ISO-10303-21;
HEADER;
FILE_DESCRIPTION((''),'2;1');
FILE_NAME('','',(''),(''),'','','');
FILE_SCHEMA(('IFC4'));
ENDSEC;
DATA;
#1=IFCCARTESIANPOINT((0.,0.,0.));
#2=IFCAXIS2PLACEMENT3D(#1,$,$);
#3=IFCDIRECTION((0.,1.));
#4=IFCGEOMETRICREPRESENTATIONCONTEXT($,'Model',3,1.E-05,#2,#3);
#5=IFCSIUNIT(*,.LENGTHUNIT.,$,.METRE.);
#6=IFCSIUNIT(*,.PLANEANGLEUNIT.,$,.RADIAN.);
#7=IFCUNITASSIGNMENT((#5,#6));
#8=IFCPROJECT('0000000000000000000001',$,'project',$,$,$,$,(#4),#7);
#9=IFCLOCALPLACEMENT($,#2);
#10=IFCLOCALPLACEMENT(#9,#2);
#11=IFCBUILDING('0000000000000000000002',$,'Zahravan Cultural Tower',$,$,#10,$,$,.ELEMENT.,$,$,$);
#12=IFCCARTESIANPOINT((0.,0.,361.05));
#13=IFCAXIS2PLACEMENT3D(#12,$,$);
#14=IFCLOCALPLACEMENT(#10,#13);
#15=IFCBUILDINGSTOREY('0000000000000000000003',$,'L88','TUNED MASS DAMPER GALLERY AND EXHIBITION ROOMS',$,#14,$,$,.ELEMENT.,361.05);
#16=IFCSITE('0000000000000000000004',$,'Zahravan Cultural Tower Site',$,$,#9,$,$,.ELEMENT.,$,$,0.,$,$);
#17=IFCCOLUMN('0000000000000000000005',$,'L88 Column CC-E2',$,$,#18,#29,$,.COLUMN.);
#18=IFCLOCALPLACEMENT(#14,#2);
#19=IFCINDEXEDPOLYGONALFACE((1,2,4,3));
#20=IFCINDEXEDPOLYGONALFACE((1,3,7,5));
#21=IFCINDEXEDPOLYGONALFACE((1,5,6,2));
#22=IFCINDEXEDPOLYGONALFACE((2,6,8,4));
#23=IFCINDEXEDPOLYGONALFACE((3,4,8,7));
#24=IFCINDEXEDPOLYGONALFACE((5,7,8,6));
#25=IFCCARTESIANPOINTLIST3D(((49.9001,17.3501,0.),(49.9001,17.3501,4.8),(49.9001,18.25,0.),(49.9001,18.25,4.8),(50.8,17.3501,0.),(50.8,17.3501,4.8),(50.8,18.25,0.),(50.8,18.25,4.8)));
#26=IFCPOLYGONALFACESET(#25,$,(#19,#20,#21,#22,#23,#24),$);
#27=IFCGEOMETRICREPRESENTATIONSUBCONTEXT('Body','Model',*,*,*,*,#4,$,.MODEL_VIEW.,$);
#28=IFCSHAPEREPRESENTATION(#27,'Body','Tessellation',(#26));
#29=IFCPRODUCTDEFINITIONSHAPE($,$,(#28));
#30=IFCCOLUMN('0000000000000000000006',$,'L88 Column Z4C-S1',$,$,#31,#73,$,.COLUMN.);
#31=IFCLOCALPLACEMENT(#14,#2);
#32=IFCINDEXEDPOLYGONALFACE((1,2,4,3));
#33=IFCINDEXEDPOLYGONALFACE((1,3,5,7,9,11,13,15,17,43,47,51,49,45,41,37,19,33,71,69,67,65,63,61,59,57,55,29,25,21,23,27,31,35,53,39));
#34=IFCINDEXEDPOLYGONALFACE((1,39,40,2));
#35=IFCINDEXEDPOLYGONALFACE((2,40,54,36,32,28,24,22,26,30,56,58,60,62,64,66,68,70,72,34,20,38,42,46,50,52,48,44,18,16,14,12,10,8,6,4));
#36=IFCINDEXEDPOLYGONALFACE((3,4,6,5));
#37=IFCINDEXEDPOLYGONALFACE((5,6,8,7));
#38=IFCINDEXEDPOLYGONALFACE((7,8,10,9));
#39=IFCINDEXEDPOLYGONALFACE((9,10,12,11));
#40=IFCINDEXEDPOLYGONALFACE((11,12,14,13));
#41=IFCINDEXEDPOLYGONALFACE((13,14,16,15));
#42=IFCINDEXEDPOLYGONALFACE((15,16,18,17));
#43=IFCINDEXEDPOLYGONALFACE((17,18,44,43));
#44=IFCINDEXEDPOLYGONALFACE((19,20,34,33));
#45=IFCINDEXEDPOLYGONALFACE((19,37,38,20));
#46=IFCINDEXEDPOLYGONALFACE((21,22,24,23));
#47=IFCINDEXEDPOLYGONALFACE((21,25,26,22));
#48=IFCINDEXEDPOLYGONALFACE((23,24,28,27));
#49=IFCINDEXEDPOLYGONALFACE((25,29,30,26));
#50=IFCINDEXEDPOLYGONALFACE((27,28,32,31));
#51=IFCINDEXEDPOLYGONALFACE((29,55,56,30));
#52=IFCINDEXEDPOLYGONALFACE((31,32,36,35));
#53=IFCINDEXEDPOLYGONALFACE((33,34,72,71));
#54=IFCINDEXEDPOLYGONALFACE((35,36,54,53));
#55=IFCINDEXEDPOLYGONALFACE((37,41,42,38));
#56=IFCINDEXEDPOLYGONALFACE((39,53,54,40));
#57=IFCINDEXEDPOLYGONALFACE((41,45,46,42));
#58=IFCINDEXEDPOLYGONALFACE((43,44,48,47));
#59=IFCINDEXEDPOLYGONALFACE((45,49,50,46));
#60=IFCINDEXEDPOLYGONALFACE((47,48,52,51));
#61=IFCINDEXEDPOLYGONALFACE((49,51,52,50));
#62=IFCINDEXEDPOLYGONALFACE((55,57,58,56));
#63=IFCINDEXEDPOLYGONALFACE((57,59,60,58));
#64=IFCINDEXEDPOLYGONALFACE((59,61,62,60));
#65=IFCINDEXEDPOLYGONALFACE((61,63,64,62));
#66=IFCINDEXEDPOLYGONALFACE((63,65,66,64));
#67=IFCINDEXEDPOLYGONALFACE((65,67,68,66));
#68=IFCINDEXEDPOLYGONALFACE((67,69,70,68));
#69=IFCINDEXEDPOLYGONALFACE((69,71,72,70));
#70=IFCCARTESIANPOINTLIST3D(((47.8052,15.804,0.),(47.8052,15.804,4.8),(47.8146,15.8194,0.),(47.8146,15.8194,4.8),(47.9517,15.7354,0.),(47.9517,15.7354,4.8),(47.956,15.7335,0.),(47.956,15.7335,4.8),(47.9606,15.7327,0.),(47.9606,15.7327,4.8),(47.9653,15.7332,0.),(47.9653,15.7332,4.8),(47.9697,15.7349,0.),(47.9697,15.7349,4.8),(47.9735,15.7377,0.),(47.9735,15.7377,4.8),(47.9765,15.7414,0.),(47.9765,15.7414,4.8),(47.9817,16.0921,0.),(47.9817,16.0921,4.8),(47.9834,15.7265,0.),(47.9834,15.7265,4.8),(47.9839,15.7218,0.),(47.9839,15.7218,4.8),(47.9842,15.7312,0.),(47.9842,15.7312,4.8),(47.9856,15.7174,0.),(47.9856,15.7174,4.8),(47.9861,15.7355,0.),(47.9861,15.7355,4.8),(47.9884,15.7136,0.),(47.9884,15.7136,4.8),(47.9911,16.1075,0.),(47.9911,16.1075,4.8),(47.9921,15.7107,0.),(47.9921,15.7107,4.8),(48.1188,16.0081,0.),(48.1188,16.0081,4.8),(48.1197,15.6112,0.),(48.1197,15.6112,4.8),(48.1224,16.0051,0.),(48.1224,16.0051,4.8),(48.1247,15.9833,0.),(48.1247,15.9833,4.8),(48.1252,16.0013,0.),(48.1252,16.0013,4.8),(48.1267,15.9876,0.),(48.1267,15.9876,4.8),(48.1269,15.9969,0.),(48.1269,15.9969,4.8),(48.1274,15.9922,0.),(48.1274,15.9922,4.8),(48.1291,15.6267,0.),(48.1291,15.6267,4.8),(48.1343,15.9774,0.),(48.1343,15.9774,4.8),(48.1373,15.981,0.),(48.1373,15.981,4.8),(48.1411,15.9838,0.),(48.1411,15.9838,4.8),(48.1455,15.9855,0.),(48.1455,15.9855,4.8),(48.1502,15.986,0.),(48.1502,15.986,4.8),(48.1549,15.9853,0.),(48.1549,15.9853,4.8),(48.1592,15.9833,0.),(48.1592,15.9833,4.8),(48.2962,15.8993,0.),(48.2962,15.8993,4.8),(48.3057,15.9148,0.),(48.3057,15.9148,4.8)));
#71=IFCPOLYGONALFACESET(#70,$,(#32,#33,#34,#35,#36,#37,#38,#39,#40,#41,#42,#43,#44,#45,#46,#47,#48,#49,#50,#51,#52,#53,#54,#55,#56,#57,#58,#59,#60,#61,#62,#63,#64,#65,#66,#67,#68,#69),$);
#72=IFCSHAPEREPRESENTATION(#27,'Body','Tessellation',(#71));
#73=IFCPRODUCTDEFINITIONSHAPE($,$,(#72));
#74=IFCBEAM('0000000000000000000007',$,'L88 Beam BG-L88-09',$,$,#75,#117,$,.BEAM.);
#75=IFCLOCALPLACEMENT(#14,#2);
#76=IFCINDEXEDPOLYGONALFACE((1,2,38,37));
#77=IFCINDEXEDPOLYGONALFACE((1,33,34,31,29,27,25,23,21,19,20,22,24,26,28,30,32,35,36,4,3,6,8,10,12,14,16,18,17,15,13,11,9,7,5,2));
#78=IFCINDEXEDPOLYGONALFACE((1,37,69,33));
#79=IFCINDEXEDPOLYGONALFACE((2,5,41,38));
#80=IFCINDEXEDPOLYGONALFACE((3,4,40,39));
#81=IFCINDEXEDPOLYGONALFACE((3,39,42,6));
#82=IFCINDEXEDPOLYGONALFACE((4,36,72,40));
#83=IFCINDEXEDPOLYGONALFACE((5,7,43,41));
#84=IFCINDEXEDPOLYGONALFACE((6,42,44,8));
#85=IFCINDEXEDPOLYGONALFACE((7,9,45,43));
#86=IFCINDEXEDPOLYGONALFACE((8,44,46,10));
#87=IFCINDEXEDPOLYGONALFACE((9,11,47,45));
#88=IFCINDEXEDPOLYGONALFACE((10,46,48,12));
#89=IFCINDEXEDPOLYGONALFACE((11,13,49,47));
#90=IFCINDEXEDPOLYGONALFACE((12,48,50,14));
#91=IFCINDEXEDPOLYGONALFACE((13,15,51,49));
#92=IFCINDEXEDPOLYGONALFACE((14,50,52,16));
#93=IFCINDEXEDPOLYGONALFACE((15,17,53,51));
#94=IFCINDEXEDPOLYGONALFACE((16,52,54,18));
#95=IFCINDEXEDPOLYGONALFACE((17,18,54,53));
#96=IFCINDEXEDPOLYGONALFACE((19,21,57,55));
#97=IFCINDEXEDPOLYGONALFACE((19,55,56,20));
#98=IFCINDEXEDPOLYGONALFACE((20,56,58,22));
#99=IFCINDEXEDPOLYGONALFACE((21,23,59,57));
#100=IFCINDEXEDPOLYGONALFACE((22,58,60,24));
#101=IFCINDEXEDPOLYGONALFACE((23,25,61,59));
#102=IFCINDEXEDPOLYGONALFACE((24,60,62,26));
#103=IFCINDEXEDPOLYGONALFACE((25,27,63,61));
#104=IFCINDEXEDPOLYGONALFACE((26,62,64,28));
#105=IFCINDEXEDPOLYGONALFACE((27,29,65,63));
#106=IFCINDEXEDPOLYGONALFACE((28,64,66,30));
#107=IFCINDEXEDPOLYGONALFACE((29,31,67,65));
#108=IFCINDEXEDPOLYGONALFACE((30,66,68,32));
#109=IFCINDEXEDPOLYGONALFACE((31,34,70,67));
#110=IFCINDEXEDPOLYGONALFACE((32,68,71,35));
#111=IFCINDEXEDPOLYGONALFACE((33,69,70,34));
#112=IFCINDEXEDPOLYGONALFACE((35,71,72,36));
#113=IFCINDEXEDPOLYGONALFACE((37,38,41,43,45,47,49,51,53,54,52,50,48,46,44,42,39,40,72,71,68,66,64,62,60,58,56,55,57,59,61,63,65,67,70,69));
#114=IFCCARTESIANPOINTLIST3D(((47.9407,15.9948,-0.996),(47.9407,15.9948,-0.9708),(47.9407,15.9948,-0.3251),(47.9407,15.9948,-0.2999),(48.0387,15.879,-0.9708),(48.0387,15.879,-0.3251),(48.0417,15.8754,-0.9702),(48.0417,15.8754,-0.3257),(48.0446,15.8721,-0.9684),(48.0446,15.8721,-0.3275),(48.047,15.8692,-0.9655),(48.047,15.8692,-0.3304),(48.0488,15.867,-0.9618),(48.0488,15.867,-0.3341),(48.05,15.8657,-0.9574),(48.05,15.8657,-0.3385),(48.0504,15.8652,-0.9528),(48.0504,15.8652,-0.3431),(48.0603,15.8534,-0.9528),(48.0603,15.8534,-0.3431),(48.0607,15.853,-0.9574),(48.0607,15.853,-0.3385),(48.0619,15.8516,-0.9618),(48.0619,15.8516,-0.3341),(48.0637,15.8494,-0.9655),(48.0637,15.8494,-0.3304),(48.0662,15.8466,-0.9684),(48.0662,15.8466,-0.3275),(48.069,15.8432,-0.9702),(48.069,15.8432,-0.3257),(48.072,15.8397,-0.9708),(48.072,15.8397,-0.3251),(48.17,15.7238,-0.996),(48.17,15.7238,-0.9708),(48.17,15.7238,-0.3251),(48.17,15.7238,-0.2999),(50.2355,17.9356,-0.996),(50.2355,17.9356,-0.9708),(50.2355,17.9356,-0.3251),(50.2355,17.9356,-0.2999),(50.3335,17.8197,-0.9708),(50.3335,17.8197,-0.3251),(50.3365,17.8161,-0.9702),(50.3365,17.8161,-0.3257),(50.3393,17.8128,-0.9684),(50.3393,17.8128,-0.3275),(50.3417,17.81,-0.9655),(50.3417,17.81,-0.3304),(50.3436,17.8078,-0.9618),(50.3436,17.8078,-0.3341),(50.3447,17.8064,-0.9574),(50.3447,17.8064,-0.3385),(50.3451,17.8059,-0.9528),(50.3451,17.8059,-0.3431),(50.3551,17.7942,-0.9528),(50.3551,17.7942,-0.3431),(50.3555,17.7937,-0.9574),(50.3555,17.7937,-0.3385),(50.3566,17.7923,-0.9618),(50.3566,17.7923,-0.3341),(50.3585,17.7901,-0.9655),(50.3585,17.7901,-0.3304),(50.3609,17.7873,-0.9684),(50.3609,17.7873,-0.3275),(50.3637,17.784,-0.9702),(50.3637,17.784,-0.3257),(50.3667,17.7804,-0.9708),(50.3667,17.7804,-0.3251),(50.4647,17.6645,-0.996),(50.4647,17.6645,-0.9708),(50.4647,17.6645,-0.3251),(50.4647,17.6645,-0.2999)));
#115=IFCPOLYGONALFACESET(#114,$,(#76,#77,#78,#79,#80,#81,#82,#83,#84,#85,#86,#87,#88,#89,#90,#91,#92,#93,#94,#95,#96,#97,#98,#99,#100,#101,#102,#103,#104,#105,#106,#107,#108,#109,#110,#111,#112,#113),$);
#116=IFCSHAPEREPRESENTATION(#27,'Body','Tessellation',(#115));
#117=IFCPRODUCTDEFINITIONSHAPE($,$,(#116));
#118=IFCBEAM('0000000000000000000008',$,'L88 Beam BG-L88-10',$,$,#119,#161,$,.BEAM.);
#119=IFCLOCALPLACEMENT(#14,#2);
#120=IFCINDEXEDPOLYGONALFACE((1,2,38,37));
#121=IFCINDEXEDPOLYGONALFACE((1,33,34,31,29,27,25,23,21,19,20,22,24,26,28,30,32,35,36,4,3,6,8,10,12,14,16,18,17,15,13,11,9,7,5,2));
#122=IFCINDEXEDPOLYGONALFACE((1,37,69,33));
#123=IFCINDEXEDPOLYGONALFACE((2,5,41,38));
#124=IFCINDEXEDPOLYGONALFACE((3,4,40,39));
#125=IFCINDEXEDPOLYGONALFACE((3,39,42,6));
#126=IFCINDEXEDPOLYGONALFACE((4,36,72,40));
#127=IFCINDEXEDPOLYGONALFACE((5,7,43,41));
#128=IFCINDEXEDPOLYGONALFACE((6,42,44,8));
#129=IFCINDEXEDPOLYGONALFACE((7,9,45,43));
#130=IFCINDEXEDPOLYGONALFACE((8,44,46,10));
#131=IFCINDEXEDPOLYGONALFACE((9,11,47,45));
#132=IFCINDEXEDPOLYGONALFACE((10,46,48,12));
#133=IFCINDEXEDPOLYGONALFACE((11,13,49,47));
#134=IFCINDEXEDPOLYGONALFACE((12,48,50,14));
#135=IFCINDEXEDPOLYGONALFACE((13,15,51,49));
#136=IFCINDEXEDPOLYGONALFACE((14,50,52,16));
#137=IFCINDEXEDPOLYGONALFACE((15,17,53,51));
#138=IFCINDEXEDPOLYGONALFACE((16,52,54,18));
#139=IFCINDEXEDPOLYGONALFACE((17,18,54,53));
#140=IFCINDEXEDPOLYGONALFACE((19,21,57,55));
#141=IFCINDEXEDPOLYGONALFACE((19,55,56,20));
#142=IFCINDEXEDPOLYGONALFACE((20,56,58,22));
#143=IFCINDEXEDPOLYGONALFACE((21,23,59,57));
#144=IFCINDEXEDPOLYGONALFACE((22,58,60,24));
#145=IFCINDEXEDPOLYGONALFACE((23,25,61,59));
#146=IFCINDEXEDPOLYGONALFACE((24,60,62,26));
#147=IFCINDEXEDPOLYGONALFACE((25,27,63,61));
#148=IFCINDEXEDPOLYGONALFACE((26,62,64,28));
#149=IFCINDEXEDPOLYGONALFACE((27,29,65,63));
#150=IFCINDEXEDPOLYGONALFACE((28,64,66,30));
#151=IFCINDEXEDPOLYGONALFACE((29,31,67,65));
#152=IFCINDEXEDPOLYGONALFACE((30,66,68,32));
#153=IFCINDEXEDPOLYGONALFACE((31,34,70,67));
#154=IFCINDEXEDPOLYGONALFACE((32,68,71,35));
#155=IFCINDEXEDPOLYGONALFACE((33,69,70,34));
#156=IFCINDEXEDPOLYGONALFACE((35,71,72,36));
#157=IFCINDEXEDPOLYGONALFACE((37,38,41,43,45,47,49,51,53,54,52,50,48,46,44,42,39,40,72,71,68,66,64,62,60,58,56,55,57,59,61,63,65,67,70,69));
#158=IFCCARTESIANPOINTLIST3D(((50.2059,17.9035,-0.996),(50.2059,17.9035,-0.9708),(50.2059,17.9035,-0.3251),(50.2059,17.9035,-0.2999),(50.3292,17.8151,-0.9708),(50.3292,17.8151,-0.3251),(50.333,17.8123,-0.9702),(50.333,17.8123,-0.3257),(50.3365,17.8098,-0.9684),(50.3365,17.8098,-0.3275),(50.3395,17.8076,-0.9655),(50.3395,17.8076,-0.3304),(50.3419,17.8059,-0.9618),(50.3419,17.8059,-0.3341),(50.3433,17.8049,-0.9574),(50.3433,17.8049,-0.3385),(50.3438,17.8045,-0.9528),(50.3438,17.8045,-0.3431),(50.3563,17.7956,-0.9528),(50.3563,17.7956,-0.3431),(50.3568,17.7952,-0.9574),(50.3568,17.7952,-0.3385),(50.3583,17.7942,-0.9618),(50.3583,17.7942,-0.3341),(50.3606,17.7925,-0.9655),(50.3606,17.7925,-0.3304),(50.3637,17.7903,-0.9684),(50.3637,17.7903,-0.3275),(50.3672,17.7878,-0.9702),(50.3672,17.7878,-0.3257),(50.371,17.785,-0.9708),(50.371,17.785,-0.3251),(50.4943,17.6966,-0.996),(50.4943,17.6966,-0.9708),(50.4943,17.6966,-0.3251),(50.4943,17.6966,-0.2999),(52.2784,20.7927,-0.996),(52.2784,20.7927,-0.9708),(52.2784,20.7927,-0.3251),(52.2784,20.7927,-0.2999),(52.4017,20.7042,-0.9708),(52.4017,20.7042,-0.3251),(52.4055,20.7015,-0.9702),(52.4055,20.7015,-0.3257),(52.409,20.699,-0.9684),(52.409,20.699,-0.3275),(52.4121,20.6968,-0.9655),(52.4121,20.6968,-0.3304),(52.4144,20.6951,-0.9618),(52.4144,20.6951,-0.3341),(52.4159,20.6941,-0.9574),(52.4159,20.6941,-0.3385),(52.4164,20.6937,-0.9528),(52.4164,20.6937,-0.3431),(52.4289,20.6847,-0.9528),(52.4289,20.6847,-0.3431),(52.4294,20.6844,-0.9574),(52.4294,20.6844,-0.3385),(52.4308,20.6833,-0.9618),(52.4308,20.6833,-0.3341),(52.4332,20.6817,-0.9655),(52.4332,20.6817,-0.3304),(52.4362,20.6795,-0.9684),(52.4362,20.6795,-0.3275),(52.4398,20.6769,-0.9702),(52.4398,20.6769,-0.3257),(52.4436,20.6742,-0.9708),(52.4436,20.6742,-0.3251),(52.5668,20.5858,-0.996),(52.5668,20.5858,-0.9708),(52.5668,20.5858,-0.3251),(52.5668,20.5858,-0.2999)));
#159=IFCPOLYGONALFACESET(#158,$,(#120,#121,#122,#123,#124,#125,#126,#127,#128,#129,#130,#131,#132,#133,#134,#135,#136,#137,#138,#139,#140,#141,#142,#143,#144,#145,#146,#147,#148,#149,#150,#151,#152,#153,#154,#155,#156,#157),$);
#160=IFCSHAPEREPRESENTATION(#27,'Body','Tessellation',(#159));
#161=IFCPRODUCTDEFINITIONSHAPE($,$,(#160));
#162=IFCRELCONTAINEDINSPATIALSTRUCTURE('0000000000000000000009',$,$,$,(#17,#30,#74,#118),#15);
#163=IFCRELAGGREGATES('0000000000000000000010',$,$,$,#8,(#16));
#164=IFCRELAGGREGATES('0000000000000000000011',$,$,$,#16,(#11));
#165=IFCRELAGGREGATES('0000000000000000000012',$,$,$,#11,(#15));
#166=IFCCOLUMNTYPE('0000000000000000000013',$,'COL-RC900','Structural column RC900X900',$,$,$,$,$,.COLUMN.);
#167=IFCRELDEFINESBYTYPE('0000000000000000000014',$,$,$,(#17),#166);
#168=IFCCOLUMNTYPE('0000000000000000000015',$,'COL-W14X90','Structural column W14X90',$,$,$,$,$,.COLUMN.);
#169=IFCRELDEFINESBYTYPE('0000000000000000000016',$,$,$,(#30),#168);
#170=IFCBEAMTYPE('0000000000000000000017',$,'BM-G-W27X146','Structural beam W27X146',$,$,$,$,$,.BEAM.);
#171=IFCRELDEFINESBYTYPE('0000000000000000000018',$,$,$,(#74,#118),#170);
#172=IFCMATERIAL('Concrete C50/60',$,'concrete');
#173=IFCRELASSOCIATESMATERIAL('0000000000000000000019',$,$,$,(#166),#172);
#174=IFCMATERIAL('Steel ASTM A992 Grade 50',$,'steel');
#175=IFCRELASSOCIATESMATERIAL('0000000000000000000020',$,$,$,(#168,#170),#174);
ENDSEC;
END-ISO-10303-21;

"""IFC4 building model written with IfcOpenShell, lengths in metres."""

from ifc_helpers import new_model, si_unit, direction, frame, origin, origin_2d, place, context, subcontext, project, spatial, rectangle, i_section, extrude, source, transform, mapped, material, material_profile, profile_set, type_object, element, save


model = new_model("IFC4")

# Units and contexts
model_context = context("Model", 3, precision=1e-05, world=origin(), true_north=direction((0.0, 1.0)))
body_context = subcontext(model_context, "Body", "Model", "MODEL_VIEW")
ifc_project = project(units=[si_unit("LENGTHUNIT", "METRE"), si_unit("PLANEANGLEUNIT", "RADIAN")], contexts=[model_context])

# Site, building, storey
site_placement = place(None, origin())
site = spatial("IfcSite", under=ifc_project, at=site_placement, Name="Zahravan Cultural Tower Site", CompositionType="ELEMENT", RefElevation=0.0)
building_placement = place(site_placement, origin())
building = spatial("IfcBuilding", under=site, at=building_placement, Name="Zahravan Cultural Tower", CompositionType="ELEMENT")
storey_placement = place(building_placement, frame((0.0, 0.0, 361.05)))
storey = spatial("IfcBuildingStorey", under=building, at=storey_placement, Name="L88", Description="TUNED MASS DAMPER GALLERY AND EXHIBITION ROOMS", CompositionType="ELEMENT", Elevation=361.05)

# Columns
ifc_material_1 = material(Name="Concrete C50/60", Category="concrete")
ifc_material_profile_1 = material_profile(ifc_material_1, rectangle(XDim=0.8999, YDim=0.8999, at=origin_2d()), Name="RC900X900")
ifc_profile_set_1 = profile_set([ifc_material_profile_1], Name="Concrete C50/60")
column_type_1 = type_object("IfcColumnType", Name="COL-RC900", Description="Structural column RC900X900", PredefinedType="COLUMN", material=ifc_profile_set_1)
shared_shape_1 = source(origin(), body_context, "Body", "SweptSolid", [
    extrude(rectangle(XDim=0.8999, YDim=0.8999, at=origin_2d()), origin(), (0.0, 0.0, 1.0), 4.8),
])
column_1_placement = place(storey_placement, frame((50.3501, 17.8, 0.0), z_axis=(0.0, 0.0, 1.0), x_axis=(1.0, 0.0, 0.0)))
element("IfcColumn", 1, at=column_1_placement, inside=storey, type_object=column_type_1, Name="L88 Column CC-E2", PredefinedType="COLUMN", context=body_context, shape_type="MappedRepresentation", body=[
    mapped(shared_shape_1, transform((0.0, 0.0, 0.0), x_axis=(1.0, 0.0, 0.0), y_axis=(0.0, 1.0, 0.0), z_axis=(0.0, 0.0, 1.0), scale=1.0)),
])
ifc_material_2 = material(Name="Steel ASTM A992 Grade 50", Category="steel")
ifc_material_profile_2 = material_profile(ifc_material_2, i_section(OverallWidth=0.3689, OverallDepth=0.356, WebThickness=0.0112, FlangeThickness=0.0181, FilletRadius=0.0181, at=origin_2d()), Name="W14X90")
ifc_profile_set_2 = profile_set([ifc_material_profile_2], Name="Steel ASTM A992 Grade 50")
column_type_2 = type_object("IfcColumnType", Name="COL-W14X90", Description="Structural column W14X90", PredefinedType="COLUMN", material=ifc_profile_set_2)
shared_shape_2 = source(origin(), body_context, "Body", "SweptSolid", [
    extrude(i_section(OverallWidth=0.3689, OverallDepth=0.356, WebThickness=0.0112, FlangeThickness=0.0181, FilletRadius=0.0181, at=origin_2d()), origin(), (0.0, 0.0, 1.0), 4.8),
])
column_2_placement = place(storey_placement, frame((48.0554, 15.8594, 0.0), z_axis=(0.0, 0.0, 1.0), x_axis=(-0.85264, 0.522499, 0.0)))
element("IfcColumn", 2, at=column_2_placement, inside=storey, type_object=column_type_2, Name="L88 Column Z4C-S1", PredefinedType="COLUMN", context=body_context, shape_type="MappedRepresentation", body=[
    mapped(shared_shape_2, transform((0.0, 0.0, 0.0), x_axis=(1.0, 0.0, 0.0), y_axis=(0.0, 1.0, 0.0), z_axis=(0.0, 0.0, 1.0), scale=1.0)),
])

# Beams
ifc_material_profile_3 = material_profile(ifc_material_2, i_section(OverallWidth=0.355, OverallDepth=0.696, WebThickness=0.0154, FlangeThickness=0.0251, FilletRadius=0.0181, at=origin_2d()), Name="W27X146")
ifc_profile_set_3 = profile_set([ifc_material_profile_3], Name="Steel ASTM A992 Grade 50")
beam_type_1 = type_object("IfcBeamType", Name="BM-G-W27X146", Description="Structural beam W27X146", PredefinedType="BEAM", material=ifc_profile_set_3)
shared_shape_3 = source(origin(), body_context, "Body", "SweptSolid", [
    extrude(i_section(OverallWidth=0.355, OverallDepth=0.696, WebThickness=0.0154, FlangeThickness=0.0251, FilletRadius=0.0181, at=origin_2d()), origin(), (0.0, 0.0, 1.0), 3.0054),
])
beam_1_placement = place(storey_placement, frame((50.3501, 17.8, -0.6479), z_axis=(-0.763546, -0.645753, 0.0), x_axis=(0.645753, -0.763546, 0.0)))
element("IfcBeam", 3, at=beam_1_placement, inside=storey, type_object=beam_type_1, Name="L88 Beam BG-L88-09", PredefinedType="BEAM", context=body_context, shape_type="MappedRepresentation", body=[
    mapped(shared_shape_3, transform((0.0, 0.0, 0.0), x_axis=(1.0, 0.0, 0.0), y_axis=(0.0, 1.0, 0.0), z_axis=(0.0, 0.0, 1.0), scale=1.0)),
])
shared_shape_4 = source(origin(), body_context, "Body", "SweptSolid", [
    extrude(i_section(OverallWidth=0.355, OverallDepth=0.696, WebThickness=0.0154, FlangeThickness=0.0251, FilletRadius=0.0181, at=origin_2d()), origin(), (0.0, 0.0, 1.0), 3.5557),
])
beam_2_placement = place(storey_placement, frame((50.3501, 17.8, -0.6479), z_axis=(0.58288, 0.812558, 0.0), x_axis=(-0.812558, 0.58288, 0.0)))
element("IfcBeam", 4, at=beam_2_placement, inside=storey, type_object=beam_type_1, Name="L88 Beam BG-L88-10", PredefinedType="BEAM", context=body_context, shape_type="MappedRepresentation", body=[
    mapped(shared_shape_4, transform((0.0, 0.0, 0.0), x_axis=(1.0, 0.0, 0.0), y_axis=(0.0, 1.0, 0.0), z_axis=(0.0, 0.0, 1.0), scale=1.0)),
])

save(model, "model.ifc")
